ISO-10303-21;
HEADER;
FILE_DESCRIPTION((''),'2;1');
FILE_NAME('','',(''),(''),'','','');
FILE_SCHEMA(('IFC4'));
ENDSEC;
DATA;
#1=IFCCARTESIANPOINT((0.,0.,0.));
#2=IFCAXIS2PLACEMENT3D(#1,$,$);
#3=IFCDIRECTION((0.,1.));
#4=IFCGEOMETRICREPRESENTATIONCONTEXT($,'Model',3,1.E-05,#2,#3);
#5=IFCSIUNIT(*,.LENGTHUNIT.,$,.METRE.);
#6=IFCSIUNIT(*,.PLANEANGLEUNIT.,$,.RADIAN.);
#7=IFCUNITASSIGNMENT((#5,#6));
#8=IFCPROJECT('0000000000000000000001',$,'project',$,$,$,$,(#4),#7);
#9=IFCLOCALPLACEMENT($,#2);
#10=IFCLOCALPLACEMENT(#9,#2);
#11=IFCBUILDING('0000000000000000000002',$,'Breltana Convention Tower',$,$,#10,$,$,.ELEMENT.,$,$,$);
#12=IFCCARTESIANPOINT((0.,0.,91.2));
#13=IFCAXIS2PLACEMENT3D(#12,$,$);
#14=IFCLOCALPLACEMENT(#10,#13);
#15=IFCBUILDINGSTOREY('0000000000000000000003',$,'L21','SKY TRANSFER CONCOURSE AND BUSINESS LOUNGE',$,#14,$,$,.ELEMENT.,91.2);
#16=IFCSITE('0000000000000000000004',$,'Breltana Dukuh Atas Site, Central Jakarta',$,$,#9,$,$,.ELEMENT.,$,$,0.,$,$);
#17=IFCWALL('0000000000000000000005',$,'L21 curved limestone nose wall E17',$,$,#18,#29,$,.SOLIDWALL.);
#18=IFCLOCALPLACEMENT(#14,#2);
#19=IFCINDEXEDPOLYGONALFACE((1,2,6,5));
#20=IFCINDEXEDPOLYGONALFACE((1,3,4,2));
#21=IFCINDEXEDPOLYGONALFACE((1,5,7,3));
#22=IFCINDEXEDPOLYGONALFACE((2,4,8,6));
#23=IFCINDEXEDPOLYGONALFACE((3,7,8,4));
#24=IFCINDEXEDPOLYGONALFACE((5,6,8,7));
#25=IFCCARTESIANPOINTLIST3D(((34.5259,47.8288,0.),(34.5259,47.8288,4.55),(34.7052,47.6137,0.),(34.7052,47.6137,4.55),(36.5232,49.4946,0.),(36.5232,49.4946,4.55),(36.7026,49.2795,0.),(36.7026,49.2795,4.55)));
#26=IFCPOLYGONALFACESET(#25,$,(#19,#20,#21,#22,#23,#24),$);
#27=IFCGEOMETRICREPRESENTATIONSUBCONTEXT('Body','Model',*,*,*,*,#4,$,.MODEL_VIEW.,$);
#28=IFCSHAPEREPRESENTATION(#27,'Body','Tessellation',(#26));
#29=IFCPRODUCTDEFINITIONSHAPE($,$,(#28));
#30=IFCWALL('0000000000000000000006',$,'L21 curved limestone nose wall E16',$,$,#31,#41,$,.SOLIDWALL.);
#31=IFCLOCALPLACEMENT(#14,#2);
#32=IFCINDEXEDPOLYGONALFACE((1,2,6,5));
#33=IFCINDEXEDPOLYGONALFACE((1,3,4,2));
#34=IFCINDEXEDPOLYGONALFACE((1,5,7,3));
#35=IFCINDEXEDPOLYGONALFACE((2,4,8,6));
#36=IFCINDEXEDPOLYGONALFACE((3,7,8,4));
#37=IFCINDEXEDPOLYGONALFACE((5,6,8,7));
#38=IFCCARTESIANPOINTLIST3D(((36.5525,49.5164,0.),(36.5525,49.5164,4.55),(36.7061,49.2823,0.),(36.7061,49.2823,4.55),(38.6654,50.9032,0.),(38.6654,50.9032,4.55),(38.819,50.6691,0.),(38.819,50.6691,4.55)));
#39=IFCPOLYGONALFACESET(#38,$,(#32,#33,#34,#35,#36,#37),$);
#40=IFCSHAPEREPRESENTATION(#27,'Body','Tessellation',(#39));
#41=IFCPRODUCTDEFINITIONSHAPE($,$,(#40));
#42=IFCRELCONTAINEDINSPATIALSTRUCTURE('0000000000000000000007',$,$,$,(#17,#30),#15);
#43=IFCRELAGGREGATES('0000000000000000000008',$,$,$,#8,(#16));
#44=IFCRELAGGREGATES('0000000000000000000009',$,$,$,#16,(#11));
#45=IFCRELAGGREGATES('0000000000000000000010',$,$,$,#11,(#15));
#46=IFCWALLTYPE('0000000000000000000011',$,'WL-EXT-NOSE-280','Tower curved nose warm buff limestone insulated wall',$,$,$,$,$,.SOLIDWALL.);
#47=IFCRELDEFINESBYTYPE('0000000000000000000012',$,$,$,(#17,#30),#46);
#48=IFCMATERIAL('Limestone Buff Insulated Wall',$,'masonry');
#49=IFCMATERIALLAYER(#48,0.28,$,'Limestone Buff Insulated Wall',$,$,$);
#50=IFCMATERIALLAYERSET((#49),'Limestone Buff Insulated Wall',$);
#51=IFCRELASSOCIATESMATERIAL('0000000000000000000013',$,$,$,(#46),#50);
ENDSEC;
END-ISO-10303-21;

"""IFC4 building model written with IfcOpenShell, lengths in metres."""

from ifc_helpers import new_model, si_unit, direction, frame, frame_2d, origin, place, context, subcontext, project, spatial, rectangle, extrude, source, transform, mapped, material, layer, layer_set, type_object, element, save


model = new_model("IFC4")

# Units and contexts
model_context = context("Model", 3, precision=1e-05, world=origin(), true_north=direction((0.0, 1.0)))
body_context = subcontext(model_context, "Body", "Model", "MODEL_VIEW")
ifc_project = project(units=[si_unit("LENGTHUNIT", "METRE"), si_unit("PLANEANGLEUNIT", "RADIAN")], contexts=[model_context])

# Site, building, storey
site_placement = place(None, origin())
site = spatial("IfcSite", under=ifc_project, at=site_placement, Name="Breltana Dukuh Atas Site, Central Jakarta", CompositionType="ELEMENT", RefElevation=0.0)
building_placement = place(site_placement, origin())
building = spatial("IfcBuilding", under=site, at=building_placement, Name="Breltana Convention Tower", CompositionType="ELEMENT")
storey_placement = place(building_placement, frame((0.0, 0.0, 91.2)))
storey = spatial("IfcBuildingStorey", under=building, at=storey_placement, Name="L21", Description="SKY TRANSFER CONCOURSE AND BUSINESS LOUNGE", CompositionType="ELEMENT", Elevation=91.2)

# Shared definitions
ifc_material_1 = material(Name="Limestone Buff Insulated Wall", Category="masonry")
ifc_layer_1 = layer(ifc_material_1, 0.28, Name="Limestone Buff Insulated Wall")
ifc_layer_set_1 = layer_set([ifc_layer_1], Name="Limestone Buff Insulated Wall")
wall_type = type_object("IfcWallType", Name="WL-EXT-NOSE-280", Description="Tower curved nose warm buff limestone insulated wall", PredefinedType="SOLIDWALL", material=ifc_layer_set_1)

# Walls
shared_shape_1 = source(origin(), body_context, "Body", "SweptSolid", [
    extrude(rectangle(XDim=2.6008, YDim=0.28, at=frame_2d((1.3003, 0.0))), origin(), (0.0, 0.0, 1.0), 4.55),
])
wall_1_placement = place(storey_placement, frame((36.6128, 49.387, 0.0), z_axis=(0.0, 0.0, 1.0), x_axis=(-0.767967, -0.640489, 0.0)))
element("IfcWall", 1, at=wall_1_placement, inside=storey, type_object=wall_type, Name="L21 curved limestone nose wall E17", PredefinedType="SOLIDWALL", context=body_context, shape_type="MappedRepresentation", body=[
    mapped(shared_shape_1, transform((0.0, 0.0, 0.0), scale=1.0)),
])
shared_shape_2 = source(origin(), body_context, "Body", "SweptSolid", [
    extrude(rectangle(XDim=2.5273, YDim=0.28, at=frame_2d((1.2637, 0.0))), origin(), (0.0, 0.0, 1.0), 4.55),
])
wall_2_placement = place(storey_placement, frame((38.7422, 50.7861, 0.0), z_axis=(0.0, 0.0, 1.0), x_axis=(-0.836012, -0.548711, 0.0)))
element("IfcWall", 2, at=wall_2_placement, inside=storey, type_object=wall_type, Name="L21 curved limestone nose wall E16", PredefinedType="SOLIDWALL", context=body_context, shape_type="MappedRepresentation", body=[
    mapped(shared_shape_2, transform((0.0, 0.0, 0.0), scale=1.0)),
])

save(model, "model.ifc")
